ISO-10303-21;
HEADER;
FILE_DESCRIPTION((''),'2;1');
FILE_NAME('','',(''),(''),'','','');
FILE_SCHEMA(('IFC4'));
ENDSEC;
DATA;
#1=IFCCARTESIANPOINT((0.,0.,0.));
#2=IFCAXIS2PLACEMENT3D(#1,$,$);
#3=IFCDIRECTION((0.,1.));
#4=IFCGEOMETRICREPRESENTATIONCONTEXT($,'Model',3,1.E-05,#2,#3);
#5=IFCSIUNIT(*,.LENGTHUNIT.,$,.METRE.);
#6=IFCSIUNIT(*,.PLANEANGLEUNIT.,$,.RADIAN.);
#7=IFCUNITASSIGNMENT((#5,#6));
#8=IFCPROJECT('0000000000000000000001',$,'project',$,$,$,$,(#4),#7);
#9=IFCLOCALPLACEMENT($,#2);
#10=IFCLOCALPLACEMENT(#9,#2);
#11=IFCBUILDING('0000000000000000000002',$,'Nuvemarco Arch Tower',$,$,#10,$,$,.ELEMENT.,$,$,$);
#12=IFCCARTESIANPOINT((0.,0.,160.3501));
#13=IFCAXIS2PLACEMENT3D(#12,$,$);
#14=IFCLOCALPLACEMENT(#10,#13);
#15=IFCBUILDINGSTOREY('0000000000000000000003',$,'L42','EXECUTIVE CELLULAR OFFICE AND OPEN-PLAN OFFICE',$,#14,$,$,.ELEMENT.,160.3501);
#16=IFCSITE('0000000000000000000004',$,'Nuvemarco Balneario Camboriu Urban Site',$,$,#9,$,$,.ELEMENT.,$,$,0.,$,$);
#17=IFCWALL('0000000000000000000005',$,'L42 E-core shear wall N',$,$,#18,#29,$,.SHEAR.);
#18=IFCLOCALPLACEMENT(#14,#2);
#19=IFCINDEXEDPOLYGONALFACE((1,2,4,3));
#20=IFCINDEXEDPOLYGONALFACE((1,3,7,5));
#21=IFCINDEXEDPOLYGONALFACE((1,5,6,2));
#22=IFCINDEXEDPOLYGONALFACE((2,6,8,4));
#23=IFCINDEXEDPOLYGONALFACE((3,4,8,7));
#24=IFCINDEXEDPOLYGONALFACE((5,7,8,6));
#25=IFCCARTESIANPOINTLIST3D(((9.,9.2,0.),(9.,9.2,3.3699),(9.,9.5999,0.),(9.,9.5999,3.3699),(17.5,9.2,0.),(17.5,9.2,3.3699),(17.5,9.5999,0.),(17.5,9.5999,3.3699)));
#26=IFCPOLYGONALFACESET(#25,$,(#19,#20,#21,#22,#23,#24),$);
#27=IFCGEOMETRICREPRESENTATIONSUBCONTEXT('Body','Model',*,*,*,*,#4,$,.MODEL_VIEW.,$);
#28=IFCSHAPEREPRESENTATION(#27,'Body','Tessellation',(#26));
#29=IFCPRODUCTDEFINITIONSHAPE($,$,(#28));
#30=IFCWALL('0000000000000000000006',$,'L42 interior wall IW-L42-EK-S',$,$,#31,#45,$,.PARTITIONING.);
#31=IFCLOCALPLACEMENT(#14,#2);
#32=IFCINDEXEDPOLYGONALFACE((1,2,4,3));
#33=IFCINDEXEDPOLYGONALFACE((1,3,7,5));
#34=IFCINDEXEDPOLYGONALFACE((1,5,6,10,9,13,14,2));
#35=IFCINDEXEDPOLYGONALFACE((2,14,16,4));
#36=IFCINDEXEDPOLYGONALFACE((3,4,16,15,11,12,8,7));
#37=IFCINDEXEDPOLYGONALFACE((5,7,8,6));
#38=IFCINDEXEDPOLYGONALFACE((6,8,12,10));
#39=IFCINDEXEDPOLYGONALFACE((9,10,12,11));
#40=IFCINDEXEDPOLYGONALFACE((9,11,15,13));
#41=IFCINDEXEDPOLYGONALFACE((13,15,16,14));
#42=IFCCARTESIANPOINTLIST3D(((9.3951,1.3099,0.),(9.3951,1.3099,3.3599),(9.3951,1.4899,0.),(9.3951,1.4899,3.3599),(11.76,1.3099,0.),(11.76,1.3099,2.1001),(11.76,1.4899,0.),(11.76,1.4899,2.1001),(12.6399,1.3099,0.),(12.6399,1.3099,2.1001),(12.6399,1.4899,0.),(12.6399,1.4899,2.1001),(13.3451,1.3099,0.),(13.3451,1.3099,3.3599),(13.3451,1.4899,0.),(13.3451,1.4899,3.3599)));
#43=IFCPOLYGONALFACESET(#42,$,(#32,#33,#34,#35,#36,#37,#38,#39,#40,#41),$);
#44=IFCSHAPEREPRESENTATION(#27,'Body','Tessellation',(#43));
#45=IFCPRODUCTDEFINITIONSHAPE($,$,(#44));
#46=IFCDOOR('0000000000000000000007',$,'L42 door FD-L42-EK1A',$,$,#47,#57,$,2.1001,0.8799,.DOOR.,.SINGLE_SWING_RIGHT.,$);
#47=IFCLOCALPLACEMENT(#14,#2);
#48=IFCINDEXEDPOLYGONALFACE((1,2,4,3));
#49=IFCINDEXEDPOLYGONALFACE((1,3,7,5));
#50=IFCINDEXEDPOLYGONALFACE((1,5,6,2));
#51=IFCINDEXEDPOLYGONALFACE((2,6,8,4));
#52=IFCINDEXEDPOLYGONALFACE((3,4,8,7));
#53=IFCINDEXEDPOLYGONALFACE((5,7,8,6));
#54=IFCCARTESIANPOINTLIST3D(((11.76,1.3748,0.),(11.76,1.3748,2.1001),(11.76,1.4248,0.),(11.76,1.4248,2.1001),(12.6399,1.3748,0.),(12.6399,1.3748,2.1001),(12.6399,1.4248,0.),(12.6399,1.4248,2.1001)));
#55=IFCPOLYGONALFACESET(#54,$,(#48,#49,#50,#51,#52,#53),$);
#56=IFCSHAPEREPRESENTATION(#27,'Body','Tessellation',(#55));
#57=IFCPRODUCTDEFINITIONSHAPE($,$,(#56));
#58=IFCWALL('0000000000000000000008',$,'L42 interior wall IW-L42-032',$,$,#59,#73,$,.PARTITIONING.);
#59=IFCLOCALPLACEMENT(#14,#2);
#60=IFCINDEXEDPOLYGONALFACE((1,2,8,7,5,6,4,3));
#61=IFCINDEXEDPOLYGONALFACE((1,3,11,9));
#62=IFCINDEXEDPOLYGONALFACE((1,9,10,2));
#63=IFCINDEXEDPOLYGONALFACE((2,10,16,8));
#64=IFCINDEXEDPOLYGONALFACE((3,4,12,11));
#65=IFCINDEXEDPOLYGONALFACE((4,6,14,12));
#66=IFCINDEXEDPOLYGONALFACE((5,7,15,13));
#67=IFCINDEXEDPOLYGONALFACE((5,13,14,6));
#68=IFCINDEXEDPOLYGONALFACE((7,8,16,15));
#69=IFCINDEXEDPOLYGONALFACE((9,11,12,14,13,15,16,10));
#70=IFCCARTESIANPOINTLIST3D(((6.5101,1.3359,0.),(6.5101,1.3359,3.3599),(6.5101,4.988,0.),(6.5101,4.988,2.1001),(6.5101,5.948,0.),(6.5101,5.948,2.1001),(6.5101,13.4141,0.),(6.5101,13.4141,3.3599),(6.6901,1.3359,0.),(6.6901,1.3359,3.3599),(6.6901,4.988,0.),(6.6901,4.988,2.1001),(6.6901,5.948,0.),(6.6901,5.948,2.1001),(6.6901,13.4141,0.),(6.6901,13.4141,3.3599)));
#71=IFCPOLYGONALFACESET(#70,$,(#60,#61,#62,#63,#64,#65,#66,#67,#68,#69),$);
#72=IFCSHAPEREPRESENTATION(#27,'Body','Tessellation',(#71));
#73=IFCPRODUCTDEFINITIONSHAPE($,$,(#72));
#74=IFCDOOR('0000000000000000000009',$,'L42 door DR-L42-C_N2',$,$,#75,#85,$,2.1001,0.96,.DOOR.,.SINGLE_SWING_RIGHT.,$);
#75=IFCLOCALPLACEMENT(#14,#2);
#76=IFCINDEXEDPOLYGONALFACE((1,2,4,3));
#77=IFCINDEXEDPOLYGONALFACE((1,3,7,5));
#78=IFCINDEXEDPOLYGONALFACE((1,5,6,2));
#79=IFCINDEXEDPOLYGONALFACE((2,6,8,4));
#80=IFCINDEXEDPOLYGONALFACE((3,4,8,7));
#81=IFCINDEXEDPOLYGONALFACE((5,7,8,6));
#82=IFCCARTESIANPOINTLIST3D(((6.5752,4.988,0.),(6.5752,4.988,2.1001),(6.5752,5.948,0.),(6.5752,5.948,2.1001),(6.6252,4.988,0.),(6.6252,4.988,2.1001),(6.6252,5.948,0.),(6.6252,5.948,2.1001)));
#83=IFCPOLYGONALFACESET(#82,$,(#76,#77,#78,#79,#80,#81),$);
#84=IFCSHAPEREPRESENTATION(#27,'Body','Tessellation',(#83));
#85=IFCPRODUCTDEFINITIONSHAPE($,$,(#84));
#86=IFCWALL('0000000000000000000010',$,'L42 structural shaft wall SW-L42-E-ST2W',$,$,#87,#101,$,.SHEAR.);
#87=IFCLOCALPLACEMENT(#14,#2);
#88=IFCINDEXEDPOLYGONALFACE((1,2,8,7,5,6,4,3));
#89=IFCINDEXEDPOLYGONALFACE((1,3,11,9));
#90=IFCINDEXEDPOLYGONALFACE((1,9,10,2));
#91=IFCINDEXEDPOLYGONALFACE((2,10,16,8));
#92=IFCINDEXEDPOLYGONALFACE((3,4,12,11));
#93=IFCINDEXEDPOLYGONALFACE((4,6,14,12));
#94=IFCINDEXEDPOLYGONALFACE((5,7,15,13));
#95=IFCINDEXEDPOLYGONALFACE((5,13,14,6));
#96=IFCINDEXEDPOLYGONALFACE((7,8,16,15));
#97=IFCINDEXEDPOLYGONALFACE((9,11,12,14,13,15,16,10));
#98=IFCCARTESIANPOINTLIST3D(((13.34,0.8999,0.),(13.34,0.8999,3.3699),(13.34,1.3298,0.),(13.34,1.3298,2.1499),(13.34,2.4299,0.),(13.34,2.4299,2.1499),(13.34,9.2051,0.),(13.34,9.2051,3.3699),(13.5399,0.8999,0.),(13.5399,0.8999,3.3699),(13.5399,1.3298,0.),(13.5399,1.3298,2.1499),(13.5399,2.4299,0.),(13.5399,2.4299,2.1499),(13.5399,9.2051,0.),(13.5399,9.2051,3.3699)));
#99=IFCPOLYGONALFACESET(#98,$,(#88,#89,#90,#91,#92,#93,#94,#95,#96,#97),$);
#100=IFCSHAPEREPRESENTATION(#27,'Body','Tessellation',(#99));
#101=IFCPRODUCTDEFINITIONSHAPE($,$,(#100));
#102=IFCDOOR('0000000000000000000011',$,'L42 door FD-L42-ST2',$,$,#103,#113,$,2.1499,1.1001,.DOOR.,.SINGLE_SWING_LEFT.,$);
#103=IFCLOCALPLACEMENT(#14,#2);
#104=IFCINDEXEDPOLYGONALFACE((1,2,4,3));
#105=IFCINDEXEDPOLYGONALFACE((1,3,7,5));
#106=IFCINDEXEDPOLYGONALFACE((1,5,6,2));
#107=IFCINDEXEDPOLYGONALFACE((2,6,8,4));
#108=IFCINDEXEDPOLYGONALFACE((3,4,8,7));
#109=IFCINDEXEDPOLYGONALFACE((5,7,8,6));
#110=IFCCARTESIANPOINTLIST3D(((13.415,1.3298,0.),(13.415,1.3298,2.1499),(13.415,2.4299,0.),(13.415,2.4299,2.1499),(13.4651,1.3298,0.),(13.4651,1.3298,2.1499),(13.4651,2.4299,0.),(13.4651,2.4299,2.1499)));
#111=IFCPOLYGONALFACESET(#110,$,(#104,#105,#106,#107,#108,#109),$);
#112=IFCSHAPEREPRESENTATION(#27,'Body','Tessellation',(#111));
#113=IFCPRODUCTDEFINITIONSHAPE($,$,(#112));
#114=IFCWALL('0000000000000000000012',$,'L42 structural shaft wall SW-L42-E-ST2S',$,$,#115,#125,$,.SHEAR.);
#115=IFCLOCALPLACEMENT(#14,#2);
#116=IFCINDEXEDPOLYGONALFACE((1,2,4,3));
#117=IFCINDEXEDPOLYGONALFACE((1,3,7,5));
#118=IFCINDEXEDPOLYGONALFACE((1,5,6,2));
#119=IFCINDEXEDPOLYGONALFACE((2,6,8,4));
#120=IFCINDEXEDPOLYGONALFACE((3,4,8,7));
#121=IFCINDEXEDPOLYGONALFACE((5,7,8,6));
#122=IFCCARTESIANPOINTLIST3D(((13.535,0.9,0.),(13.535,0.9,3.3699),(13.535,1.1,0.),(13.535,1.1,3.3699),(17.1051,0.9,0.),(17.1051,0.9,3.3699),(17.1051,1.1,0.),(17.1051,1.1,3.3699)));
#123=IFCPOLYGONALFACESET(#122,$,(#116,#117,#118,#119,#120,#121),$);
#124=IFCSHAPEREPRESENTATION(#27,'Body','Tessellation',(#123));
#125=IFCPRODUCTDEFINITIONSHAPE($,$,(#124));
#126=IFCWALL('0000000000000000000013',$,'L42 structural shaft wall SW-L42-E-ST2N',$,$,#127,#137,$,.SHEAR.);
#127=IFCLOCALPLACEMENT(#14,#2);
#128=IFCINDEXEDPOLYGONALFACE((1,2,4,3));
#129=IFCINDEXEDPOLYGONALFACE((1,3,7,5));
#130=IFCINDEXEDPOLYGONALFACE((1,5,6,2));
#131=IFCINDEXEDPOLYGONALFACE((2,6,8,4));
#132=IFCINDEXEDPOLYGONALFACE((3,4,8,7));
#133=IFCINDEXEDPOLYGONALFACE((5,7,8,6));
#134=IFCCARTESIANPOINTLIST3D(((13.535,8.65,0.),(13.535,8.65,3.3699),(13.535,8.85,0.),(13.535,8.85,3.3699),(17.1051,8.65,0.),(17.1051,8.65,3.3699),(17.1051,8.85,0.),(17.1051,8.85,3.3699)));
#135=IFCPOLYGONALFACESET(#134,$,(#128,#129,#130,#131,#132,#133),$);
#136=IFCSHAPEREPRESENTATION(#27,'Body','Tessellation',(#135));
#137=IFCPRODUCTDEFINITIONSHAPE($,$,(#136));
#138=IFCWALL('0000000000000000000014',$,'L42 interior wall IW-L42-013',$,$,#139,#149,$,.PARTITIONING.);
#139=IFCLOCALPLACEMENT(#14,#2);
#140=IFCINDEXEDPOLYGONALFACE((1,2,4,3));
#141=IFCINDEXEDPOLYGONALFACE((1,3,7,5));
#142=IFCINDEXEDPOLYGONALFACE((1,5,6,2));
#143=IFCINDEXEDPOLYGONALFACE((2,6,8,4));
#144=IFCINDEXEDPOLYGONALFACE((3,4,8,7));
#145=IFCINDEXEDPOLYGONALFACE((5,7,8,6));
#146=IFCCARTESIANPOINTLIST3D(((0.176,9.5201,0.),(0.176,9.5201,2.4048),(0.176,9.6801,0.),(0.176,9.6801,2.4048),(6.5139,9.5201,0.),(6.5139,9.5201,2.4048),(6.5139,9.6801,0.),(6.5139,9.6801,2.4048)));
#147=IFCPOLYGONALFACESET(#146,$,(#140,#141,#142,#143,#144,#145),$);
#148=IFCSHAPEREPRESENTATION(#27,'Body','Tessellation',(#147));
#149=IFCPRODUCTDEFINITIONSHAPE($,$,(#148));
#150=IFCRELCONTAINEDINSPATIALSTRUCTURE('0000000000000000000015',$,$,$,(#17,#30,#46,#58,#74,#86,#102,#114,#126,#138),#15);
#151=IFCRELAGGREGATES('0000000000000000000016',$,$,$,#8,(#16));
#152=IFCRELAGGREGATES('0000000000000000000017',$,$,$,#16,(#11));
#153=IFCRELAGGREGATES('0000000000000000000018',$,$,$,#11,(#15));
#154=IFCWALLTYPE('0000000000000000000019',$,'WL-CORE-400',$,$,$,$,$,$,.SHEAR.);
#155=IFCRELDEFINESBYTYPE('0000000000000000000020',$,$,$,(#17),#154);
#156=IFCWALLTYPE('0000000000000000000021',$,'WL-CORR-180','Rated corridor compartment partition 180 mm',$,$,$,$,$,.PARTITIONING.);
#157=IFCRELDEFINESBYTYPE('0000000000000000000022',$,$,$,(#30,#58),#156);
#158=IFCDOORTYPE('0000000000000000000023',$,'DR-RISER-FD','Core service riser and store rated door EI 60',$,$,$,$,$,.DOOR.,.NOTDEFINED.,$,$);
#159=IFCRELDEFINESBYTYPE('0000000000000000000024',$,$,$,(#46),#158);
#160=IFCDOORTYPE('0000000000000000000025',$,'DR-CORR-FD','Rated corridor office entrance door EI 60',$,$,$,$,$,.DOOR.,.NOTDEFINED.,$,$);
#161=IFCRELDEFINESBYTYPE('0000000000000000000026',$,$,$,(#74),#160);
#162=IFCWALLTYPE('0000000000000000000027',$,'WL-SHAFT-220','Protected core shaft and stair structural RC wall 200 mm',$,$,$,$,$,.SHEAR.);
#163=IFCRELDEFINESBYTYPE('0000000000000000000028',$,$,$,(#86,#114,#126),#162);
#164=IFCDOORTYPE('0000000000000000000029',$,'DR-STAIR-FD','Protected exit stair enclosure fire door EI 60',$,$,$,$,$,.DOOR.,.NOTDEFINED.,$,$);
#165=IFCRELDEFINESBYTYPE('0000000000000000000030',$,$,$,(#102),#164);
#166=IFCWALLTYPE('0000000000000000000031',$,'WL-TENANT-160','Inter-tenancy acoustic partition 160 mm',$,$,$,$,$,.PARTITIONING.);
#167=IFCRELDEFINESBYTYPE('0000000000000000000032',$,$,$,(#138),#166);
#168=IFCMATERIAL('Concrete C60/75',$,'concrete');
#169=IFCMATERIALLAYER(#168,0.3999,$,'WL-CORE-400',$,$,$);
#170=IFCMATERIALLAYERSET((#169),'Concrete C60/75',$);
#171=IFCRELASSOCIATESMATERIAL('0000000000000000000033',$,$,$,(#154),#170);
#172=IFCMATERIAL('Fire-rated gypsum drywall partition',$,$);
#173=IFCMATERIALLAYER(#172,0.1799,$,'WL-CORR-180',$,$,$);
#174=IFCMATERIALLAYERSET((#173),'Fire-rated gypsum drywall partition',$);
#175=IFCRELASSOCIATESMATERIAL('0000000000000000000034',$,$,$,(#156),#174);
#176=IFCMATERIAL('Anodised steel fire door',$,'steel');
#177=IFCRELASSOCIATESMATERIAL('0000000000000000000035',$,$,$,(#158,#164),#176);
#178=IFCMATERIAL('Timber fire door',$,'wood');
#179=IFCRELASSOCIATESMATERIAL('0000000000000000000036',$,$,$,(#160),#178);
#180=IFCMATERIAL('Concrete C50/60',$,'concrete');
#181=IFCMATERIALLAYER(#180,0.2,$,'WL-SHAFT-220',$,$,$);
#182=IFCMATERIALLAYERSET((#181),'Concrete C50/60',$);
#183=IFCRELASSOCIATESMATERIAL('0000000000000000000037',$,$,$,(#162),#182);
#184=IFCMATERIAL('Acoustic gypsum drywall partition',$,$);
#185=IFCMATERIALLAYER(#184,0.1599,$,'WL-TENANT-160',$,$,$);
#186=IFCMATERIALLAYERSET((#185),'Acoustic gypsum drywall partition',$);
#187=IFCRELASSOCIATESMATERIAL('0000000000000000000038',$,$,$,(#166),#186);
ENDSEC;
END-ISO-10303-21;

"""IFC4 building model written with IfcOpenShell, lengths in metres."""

from ifc_helpers import new_model, si_unit, direction, frame, frame_2d, origin, place, context, subcontext, project, spatial, rectangle, extrude, source, transform, mapped, material, layer, layer_set, type_object, type_shapes, element, fill, save


model = new_model("IFC4")

# Units and contexts
model_context = context("Model", 3, precision=1e-05, world=origin(), true_north=direction((0.0, 1.0)))
body_context = subcontext(model_context, "Body", "Model", "MODEL_VIEW")
ifc_project = project(units=[si_unit("LENGTHUNIT", "METRE"), si_unit("PLANEANGLEUNIT", "RADIAN")], contexts=[model_context])

# Site, building, storey
site_placement = place(None, origin())
site = spatial("IfcSite", under=ifc_project, at=site_placement, Name="Nuvemarco Balneario Camboriu Urban Site", CompositionType="ELEMENT", RefElevation=0.0)
building_placement = place(site_placement, origin())
building = spatial("IfcBuilding", under=site, at=building_placement, Name="Nuvemarco Arch Tower", CompositionType="ELEMENT")
storey_placement = place(building_placement, frame((0.0, 0.0, 160.3501)))
storey = spatial("IfcBuildingStorey", under=building, at=storey_placement, Name="L42", Description="EXECUTIVE CELLULAR OFFICE AND OPEN-PLAN OFFICE", CompositionType="ELEMENT", Elevation=160.3501)

# Shared definitions
ifc_material_1 = material(Name="Concrete C50/60", Category="concrete")

# Shared definitions
ifc_material_2 = material(Name="Concrete C60/75", Category="concrete")

# Wall
ifc_layer_1 = layer(ifc_material_2, 0.3999, Name="WL-CORE-400")
ifc_layer_set_1 = layer_set([ifc_layer_1], Name="Concrete C60/75")
wall_type_1 = type_object("IfcWallType", Name="WL-CORE-400", PredefinedType="SHEAR", material=ifc_layer_set_1)
wall_1_placement = place(storey_placement, frame((9.0, 9.3999, 0.0), z_axis=(0.0, 0.0, 1.0), x_axis=(1.0, 0.0, 0.0)))
element("IfcWall", 1, at=wall_1_placement, inside=storey, type_object=wall_type_1, Name="L42 E-core shear wall N", PredefinedType="SHEAR", context=body_context, shape_type="SweptSolid", body=[
    extrude(rectangle(XDim=8.5, YDim=0.3999, at=frame_2d((4.25, 0.0))), origin(), (0.0, 0.0, 1.0), 3.3699),
])

# Walls, openings, doors
ifc_material_3 = material(Name="Fire-rated gypsum drywall partition")
ifc_layer_2 = layer(ifc_material_3, 0.1799, Name="WL-CORR-180")
ifc_layer_set_2 = layer_set([ifc_layer_2], Name="Fire-rated gypsum drywall partition")
wall_type_2 = type_object("IfcWallType", Name="WL-CORR-180", Description="Rated corridor compartment partition 180 mm", PredefinedType="PARTITIONING", material=ifc_layer_set_2)
wall_2_placement = place(storey_placement, frame((9.395, 1.3999, 0.0), z_axis=(0.0, 0.0, 1.0), x_axis=(1.0, 0.0, 0.0)))
wall_2 = element("IfcWall", 2, at=wall_2_placement, inside=storey, type_object=wall_type_2, Name="L42 interior wall IW-L42-EK-S", PredefinedType="PARTITIONING", context=body_context, shape_type="SweptSolid", body=[
    extrude(rectangle(XDim=3.95, YDim=0.1799, at=frame_2d((1.9751, 0.0))), origin(), (0.0, 0.0, 1.0), 3.3599),
])
opening_1_placement = place(wall_2_placement, frame((2.365, 0.0, 0.0)))
opening_1 = element("IfcOpeningElement", 3, at=opening_1_placement, cuts=wall_2, PredefinedType="OPENING", context=body_context, shape_type="SweptSolid", body=[
    extrude(rectangle(XDim=0.8799, YDim=2.1001, at=frame_2d((0.4399, 1.05))), frame((0.0, 0.0999, 0.0), z_axis=(0.0, -1.0, 0.0), x_axis=(1.0, 0.0, 0.0)), (0.0, 0.0, 1.0), 0.2),
])
ifc_material_4 = material(Name="Anodised steel fire door", Category="steel")
door_type_1 = type_object("IfcDoorType", Name="DR-RISER-FD", Description="Core service riser and store rated door EI 60", OperationType="NOTDEFINED", PredefinedType="DOOR", material=ifc_material_4)
shared_shape_1 = source(origin(), body_context, "Body", "SweptSolid", [
    extrude(rectangle(XDim=0.8799, YDim=2.1001, at=frame_2d((0.4399, 1.05))), frame((0.0, 0.0249, 0.0), z_axis=(0.0, -1.0, 0.0), x_axis=(1.0, 0.0, 0.0)), (0.0, 0.0, 1.0), 0.05),
])
type_shapes(door_type_1, [shared_shape_1])
door_1_placement = place(opening_1_placement, origin())
door_1 = element("IfcDoor", 4, at=door_1_placement, inside=storey, type_object=door_type_1, Name="L42 door FD-L42-EK1A", OperationType="SINGLE_SWING_RIGHT", OverallHeight=2.1001, OverallWidth=0.8799, PredefinedType="DOOR", context=body_context, shape_type="MappedRepresentation", body=[
    mapped(shared_shape_1, transform((0.0, 0.0, 0.0), scale=1.0)),
])
fill(opening_1, door_1)
wall_3_placement = place(storey_placement, frame((6.6001, 1.3359, 0.0), z_axis=(0.0, 0.0, 1.0), x_axis=(0.0, 1.0, 0.0)))
wall_3 = element("IfcWall", 5, at=wall_3_placement, inside=storey, type_object=wall_type_2, Name="L42 interior wall IW-L42-032", PredefinedType="PARTITIONING", context=body_context, shape_type="SweptSolid", body=[
    extrude(rectangle(XDim=12.0781, YDim=0.1799, at=frame_2d((6.0391, 0.0))), origin(), (0.0, 0.0, 1.0), 3.3599),
])
opening_2_placement = place(wall_3_placement, frame((3.6521, 0.0, 0.0)))
opening_2 = element("IfcOpeningElement", 6, at=opening_2_placement, cuts=wall_3, PredefinedType="OPENING", context=body_context, shape_type="SweptSolid", body=[
    extrude(rectangle(XDim=0.96, YDim=2.1001, at=frame_2d((0.48, 1.05))), frame((0.0, 0.0999, 0.0), z_axis=(0.0, -1.0, 0.0), x_axis=(1.0, 0.0, 0.0)), (0.0, 0.0, 1.0), 0.2),
])
ifc_material_5 = material(Name="Timber fire door", Category="wood")
door_type_2 = type_object("IfcDoorType", Name="DR-CORR-FD", Description="Rated corridor office entrance door EI 60", OperationType="NOTDEFINED", PredefinedType="DOOR", material=ifc_material_5)
shared_shape_2 = source(origin(), body_context, "Body", "SweptSolid", [
    extrude(rectangle(XDim=0.96, YDim=2.1001, at=frame_2d((0.48, 1.05))), frame((0.0, 0.0249, 0.0), z_axis=(0.0, -1.0, 0.0), x_axis=(1.0, 0.0, 0.0)), (0.0, 0.0, 1.0), 0.05),
])
type_shapes(door_type_2, [shared_shape_2])
door_2_placement = place(opening_2_placement, origin())
door_2 = element("IfcDoor", 7, at=door_2_placement, inside=storey, type_object=door_type_2, Name="L42 door DR-L42-C_N2", OperationType="SINGLE_SWING_RIGHT", OverallHeight=2.1001, OverallWidth=0.96, PredefinedType="DOOR", context=body_context, shape_type="MappedRepresentation", body=[
    mapped(shared_shape_2, transform((0.0, 0.0, 0.0), scale=1.0)),
])
fill(opening_2, door_2)
ifc_layer_3 = layer(ifc_material_1, 0.2, Name="WL-SHAFT-220")
ifc_layer_set_3 = layer_set([ifc_layer_3], Name="Concrete C50/60")
wall_type_3 = type_object("IfcWallType", Name="WL-SHAFT-220", Description="Protected core shaft and stair structural RC wall 200 mm", PredefinedType="SHEAR", material=ifc_layer_set_3)
wall_4_placement = place(storey_placement, frame((13.4399, 0.8999, 0.0), z_axis=(0.0, 0.0, 1.0), x_axis=(0.0, 1.0, 0.0)))
wall_4 = element("IfcWall", 8, at=wall_4_placement, inside=storey, type_object=wall_type_3, Name="L42 structural shaft wall SW-L42-E-ST2W", PredefinedType="SHEAR", context=body_context, shape_type="SweptSolid", body=[
    extrude(rectangle(XDim=8.3052, YDim=0.2, at=frame_2d((4.1526, 0.0))), origin(), (0.0, 0.0, 1.0), 3.3699),
])
opening_3_placement = place(wall_4_placement, frame((0.4299, 0.0, 0.0)))
opening_3 = element("IfcOpeningElement", 9, at=opening_3_placement, cuts=wall_4, PredefinedType="OPENING", context=body_context, shape_type="SweptSolid", body=[
    extrude(rectangle(XDim=1.1001, YDim=2.1499, at=frame_2d((0.55, 1.075))), frame((0.0, 0.1099, 0.0), z_axis=(0.0, -1.0, 0.0), x_axis=(1.0, 0.0, 0.0)), (0.0, 0.0, 1.0), 0.22),
])
door_type_3 = type_object("IfcDoorType", Name="DR-STAIR-FD", Description="Protected exit stair enclosure fire door EI 60", OperationType="NOTDEFINED", PredefinedType="DOOR", material=ifc_material_4)
shared_shape_3 = source(origin(), body_context, "Body", "SweptSolid", [
    extrude(rectangle(XDim=1.1001, YDim=2.1499, at=frame_2d((0.55, 1.075))), frame((0.0, 0.0249, 0.0), z_axis=(0.0, -1.0, 0.0), x_axis=(1.0, 0.0, 0.0)), (0.0, 0.0, 1.0), 0.05),
])
type_shapes(door_type_3, [shared_shape_3])
door_3_placement = place(opening_3_placement, origin())
door_3 = element("IfcDoor", 10, at=door_3_placement, inside=storey, type_object=door_type_3, Name="L42 door FD-L42-ST2", OperationType="SINGLE_SWING_LEFT", OverallHeight=2.1499, OverallWidth=1.1001, PredefinedType="DOOR", context=body_context, shape_type="MappedRepresentation", body=[
    mapped(shared_shape_3, transform((0.0, 0.0, 0.0), scale=1.0)),
])
fill(opening_3, door_3)

# Walls
for number, where, z_axis, x_axis, name in (
    (11, (13.5349, 1.0, 0.0), (0.0, 0.0, 1.0), (1.0, 0.0, 0.0), "L42 structural shaft wall SW-L42-E-ST2S"),
    (12, (13.5349, 8.75, 0.0), (0.0, 0.0, 1.0), (1.0, 0.0, 0.0), "L42 structural shaft wall SW-L42-E-ST2N"),
):
    element("IfcWall", number, at=place(storey_placement, frame(where, z_axis=z_axis, x_axis=x_axis)), inside=storey, type_object=wall_type_3, Name=name, PredefinedType="SHEAR", context=body_context, shape_type="SweptSolid", body=[
        extrude(rectangle(XDim=3.5701, YDim=0.2, at=frame_2d((1.7852, 0.0))), origin(), (0.0, 0.0, 1.0), 3.3699),
    ])
ifc_material_6 = material(Name="Acoustic gypsum drywall partition")
ifc_layer_4 = layer(ifc_material_6, 0.1599, Name="WL-TENANT-160")
ifc_layer_set_4 = layer_set([ifc_layer_4], Name="Acoustic gypsum drywall partition")
wall_type_4 = type_object("IfcWallType", Name="WL-TENANT-160", Description="Inter-tenancy acoustic partition 160 mm", PredefinedType="PARTITIONING", material=ifc_layer_set_4)
wall_5_placement = place(storey_placement, frame((0.176, 9.6001, 0.0), z_axis=(0.0, 0.0, 1.0), x_axis=(1.0, 0.0, 0.0)))
element("IfcWall", 13, at=wall_5_placement, inside=storey, type_object=wall_type_4, Name="L42 interior wall IW-L42-013", PredefinedType="PARTITIONING", context=body_context, shape_type="SweptSolid", body=[
    extrude(rectangle(XDim=6.3379, YDim=0.1599, at=frame_2d((3.1689, 0.0))), origin(), (0.0, 0.0, 1.0), 2.4048),
])

save(model, "model.ifc")
